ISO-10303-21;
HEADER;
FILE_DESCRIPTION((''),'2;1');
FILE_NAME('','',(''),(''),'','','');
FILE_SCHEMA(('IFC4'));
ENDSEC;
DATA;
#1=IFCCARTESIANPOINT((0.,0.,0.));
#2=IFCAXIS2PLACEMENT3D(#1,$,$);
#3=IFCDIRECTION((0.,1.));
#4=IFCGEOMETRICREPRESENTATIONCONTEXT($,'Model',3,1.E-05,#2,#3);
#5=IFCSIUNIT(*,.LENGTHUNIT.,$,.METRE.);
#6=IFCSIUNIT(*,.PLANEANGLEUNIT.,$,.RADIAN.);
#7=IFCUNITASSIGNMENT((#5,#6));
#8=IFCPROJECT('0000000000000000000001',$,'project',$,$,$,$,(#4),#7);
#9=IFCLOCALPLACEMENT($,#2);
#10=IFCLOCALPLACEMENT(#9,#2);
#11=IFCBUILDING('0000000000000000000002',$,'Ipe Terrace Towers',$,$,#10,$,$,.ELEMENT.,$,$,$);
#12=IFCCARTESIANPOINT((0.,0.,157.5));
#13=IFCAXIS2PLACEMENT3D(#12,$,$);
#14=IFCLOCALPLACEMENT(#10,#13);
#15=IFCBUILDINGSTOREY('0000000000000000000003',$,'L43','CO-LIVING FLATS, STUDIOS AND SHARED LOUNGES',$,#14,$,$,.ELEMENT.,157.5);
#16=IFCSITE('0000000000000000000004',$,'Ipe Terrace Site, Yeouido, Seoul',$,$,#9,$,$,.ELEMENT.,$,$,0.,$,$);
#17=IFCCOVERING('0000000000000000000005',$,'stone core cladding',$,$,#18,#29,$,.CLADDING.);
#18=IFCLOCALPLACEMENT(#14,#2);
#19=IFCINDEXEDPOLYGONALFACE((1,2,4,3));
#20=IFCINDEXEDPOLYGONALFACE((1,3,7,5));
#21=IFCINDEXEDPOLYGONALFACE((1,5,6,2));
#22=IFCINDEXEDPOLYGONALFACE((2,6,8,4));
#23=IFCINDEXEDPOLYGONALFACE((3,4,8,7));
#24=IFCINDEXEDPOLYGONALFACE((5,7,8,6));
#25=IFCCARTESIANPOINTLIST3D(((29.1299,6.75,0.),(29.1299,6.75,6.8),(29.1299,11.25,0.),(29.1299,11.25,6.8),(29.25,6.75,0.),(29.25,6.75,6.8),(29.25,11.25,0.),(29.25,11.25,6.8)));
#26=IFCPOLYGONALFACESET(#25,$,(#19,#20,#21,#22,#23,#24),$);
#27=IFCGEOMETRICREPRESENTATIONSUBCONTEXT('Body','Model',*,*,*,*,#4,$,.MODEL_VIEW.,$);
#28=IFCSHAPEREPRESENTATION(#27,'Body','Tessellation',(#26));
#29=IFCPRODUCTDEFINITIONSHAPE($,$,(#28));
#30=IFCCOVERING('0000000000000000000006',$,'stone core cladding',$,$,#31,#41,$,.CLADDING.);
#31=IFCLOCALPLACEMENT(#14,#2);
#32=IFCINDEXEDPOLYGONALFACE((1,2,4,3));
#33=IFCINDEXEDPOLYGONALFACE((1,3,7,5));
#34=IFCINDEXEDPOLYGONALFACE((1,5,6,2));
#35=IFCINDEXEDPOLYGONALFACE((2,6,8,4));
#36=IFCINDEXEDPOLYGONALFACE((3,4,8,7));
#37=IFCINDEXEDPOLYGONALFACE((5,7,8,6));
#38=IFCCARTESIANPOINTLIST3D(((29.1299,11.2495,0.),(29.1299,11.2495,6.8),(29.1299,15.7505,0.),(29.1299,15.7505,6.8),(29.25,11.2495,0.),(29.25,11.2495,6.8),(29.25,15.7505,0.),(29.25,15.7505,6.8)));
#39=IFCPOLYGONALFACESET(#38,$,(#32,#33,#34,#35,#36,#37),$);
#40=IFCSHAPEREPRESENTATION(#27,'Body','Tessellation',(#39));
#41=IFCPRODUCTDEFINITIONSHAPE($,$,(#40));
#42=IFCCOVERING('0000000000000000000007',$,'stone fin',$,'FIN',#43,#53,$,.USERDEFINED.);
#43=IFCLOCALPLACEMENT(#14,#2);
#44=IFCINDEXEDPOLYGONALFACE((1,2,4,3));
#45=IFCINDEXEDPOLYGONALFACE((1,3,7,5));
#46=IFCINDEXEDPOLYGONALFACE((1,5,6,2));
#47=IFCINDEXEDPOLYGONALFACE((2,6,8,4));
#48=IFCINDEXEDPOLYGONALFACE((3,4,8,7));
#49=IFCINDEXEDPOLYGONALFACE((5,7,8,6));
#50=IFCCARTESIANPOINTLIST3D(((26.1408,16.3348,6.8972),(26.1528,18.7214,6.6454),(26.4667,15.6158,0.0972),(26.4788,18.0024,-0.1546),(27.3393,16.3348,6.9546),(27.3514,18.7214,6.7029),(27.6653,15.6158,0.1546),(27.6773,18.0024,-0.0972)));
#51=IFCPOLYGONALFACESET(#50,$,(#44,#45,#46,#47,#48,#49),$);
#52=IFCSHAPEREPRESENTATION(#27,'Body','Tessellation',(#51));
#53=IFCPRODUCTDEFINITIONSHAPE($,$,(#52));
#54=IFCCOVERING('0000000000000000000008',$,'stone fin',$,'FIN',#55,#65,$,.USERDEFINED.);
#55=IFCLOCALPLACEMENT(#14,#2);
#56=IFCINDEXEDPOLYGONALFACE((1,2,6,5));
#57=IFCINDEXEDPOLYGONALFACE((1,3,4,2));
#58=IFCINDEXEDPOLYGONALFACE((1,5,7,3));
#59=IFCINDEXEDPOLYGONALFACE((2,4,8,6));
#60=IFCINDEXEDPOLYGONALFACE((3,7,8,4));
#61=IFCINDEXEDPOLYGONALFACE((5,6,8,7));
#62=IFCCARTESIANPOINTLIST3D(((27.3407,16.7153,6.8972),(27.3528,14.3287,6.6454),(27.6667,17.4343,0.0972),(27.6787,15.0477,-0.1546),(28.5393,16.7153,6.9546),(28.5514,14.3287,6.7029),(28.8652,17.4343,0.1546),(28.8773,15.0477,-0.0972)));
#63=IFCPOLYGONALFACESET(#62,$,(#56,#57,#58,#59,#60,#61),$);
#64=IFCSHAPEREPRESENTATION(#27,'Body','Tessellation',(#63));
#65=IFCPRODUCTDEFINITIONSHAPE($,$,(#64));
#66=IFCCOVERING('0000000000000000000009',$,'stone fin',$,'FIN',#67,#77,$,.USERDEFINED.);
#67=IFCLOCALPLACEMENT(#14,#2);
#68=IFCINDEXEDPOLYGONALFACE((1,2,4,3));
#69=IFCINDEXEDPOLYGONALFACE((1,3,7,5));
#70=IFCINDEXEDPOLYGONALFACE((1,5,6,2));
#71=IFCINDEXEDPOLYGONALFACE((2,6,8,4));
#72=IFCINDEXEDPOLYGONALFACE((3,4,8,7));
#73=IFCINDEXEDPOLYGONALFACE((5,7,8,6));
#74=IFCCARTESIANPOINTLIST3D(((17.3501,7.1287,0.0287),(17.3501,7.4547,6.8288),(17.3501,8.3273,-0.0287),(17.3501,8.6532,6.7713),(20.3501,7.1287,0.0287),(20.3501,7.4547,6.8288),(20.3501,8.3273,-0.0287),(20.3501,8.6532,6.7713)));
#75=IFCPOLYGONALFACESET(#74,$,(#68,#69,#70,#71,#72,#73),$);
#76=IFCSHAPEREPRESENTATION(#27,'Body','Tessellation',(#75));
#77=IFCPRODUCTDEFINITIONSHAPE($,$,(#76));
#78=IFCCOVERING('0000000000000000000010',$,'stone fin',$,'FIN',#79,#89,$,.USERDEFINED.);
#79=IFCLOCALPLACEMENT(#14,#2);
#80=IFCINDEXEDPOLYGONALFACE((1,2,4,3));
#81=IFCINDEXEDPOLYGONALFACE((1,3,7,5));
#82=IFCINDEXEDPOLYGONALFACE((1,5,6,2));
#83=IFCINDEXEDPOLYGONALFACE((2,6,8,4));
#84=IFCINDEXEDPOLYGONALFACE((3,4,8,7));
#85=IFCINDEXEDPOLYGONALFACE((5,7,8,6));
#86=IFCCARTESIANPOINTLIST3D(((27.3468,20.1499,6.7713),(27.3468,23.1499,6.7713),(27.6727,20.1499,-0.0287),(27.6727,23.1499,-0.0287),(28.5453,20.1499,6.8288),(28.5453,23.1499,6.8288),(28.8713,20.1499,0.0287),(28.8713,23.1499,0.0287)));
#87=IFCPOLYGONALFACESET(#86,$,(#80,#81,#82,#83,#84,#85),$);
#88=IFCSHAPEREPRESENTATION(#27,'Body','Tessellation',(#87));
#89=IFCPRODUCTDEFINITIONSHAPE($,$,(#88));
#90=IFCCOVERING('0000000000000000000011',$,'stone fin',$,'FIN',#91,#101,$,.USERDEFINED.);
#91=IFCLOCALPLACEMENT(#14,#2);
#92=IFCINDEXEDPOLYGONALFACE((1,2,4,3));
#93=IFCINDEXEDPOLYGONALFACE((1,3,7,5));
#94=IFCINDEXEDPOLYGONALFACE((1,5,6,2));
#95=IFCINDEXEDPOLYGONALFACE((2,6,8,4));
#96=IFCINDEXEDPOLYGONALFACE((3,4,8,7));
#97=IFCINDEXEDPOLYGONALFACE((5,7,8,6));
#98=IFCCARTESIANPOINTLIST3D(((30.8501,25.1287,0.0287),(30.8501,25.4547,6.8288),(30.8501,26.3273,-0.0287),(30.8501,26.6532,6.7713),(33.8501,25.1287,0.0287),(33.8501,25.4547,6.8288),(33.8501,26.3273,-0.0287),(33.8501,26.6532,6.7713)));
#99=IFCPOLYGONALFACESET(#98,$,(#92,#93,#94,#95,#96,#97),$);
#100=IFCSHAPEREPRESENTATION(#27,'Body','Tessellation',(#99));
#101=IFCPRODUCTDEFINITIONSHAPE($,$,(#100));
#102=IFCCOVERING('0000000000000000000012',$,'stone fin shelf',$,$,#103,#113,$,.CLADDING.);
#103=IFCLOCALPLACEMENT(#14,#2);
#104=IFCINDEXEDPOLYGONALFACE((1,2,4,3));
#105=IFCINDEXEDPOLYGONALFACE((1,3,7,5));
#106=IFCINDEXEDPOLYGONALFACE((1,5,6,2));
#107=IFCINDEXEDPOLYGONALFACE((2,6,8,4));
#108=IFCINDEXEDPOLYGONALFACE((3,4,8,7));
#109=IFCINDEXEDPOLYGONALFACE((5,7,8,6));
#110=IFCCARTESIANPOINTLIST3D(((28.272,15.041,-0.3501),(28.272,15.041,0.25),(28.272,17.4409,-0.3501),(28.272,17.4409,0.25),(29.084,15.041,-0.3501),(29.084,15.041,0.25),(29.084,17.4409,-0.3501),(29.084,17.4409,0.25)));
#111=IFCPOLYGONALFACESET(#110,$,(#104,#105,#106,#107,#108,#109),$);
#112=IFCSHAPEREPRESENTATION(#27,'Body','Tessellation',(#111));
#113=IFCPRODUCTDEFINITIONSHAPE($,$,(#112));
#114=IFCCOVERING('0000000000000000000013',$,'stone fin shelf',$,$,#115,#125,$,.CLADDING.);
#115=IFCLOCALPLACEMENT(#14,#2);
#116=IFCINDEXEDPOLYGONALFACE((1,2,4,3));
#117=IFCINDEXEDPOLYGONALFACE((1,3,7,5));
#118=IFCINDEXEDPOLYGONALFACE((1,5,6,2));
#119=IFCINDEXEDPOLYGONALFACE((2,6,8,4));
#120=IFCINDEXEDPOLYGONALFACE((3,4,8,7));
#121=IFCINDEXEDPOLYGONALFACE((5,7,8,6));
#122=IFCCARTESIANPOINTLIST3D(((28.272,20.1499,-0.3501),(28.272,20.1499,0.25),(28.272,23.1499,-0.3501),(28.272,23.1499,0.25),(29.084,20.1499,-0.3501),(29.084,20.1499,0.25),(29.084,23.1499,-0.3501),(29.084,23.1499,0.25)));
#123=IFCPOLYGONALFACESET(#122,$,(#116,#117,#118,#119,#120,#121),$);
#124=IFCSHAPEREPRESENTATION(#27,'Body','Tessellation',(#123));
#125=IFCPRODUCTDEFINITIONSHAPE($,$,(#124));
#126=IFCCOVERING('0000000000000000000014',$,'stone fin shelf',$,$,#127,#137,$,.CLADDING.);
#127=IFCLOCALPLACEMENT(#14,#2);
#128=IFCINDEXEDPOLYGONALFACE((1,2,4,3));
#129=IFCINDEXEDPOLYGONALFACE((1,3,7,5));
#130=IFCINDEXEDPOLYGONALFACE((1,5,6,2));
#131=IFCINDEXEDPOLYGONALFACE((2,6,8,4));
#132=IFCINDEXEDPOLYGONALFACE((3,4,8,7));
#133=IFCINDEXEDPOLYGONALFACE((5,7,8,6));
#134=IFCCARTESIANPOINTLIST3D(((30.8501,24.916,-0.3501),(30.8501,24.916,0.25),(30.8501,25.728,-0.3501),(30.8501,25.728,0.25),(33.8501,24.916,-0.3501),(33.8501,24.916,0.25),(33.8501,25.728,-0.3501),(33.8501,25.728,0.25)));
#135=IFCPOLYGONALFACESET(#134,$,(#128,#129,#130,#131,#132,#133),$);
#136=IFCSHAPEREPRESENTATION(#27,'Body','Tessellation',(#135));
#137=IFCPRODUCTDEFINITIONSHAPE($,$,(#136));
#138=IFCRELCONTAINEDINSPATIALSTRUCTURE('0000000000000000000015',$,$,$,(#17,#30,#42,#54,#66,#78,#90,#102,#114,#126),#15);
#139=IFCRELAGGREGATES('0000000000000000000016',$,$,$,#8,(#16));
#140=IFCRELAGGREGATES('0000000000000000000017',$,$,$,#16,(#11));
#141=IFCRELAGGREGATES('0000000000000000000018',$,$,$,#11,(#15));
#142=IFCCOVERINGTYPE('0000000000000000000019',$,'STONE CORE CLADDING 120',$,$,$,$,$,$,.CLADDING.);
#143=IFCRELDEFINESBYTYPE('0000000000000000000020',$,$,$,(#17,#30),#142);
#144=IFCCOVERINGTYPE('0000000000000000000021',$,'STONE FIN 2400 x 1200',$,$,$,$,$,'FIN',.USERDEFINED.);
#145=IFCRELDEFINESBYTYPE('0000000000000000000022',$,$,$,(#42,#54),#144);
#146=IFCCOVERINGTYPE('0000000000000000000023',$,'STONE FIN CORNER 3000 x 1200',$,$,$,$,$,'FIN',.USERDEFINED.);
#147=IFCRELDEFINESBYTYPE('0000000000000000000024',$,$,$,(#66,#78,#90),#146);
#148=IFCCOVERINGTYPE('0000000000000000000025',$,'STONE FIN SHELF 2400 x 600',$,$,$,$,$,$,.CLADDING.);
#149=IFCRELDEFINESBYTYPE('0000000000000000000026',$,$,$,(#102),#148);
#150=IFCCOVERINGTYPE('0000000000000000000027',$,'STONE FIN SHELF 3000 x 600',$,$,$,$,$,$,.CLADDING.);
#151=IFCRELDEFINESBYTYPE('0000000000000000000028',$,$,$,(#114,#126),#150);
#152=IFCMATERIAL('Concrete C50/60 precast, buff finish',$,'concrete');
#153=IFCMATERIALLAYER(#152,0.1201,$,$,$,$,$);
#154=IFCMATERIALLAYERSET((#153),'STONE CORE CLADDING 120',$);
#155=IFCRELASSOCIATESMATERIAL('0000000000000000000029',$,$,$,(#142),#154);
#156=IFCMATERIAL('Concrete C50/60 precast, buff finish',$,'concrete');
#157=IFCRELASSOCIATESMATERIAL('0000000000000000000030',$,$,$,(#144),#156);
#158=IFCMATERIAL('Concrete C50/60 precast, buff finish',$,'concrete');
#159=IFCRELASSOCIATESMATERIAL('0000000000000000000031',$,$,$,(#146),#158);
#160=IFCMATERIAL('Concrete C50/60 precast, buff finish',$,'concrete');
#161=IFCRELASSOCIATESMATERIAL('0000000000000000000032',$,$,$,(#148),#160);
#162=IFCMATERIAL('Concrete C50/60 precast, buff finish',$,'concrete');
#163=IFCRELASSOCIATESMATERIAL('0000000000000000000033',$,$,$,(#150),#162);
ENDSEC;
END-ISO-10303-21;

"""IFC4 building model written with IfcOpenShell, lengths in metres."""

from ifc_helpers import new_model, si_unit, direction, frame, origin, origin_2d, place, context, subcontext, project, spatial, rectangle, extrude, material, layer, layer_set, material_profile, profile_set, type_object, element, save


model = new_model("IFC4")

# Units and contexts
model_context = context("Model", 3, precision=1e-05, world=origin(), true_north=direction((0.0, 1.0)))
body_context = subcontext(model_context, "Body", "Model", "MODEL_VIEW")
ifc_project = project(units=[si_unit("LENGTHUNIT", "METRE"), si_unit("PLANEANGLEUNIT", "RADIAN")], contexts=[model_context])

# Site, building, storey
site_placement = place(None, origin())
site = spatial("IfcSite", under=ifc_project, at=site_placement, Name="Ipe Terrace Site, Yeouido, Seoul", CompositionType="ELEMENT", RefElevation=0.0)
building_placement = place(site_placement, origin())
building = spatial("IfcBuilding", under=site, at=building_placement, Name="Ipe Terrace Towers", CompositionType="ELEMENT")
storey_placement = place(building_placement, frame((0.0, 0.0, 157.5)))
storey = spatial("IfcBuildingStorey", under=building, at=storey_placement, Name="L43", Description="CO-LIVING FLATS, STUDIOS AND SHARED LOUNGES", CompositionType="ELEMENT", Elevation=157.5)

# Coverings
ifc_material_1 = material(Name="Concrete C50/60 precast, buff finish", Category="concrete")
ifc_layer_1 = layer(ifc_material_1, 0.1201)
ifc_layer_set_1 = layer_set([ifc_layer_1], Name="STONE CORE CLADDING 120")
covering_type_1 = type_object("IfcCoveringType", Name="STONE CORE CLADDING 120", PredefinedType="CLADDING", material=ifc_layer_set_1)
covering_1_placement = place(storey_placement, frame((29.1899, 9.0, 0.0), z_axis=(0.0, 0.0, 1.0), x_axis=(0.0, -1.0, 0.0)))
element("IfcCovering", 1, at=covering_1_placement, inside=storey, type_object=covering_type_1, Name="stone core cladding", PredefinedType="CLADDING", context=body_context, shape_type="SweptSolid", body=[
    extrude(rectangle(XDim=4.5, YDim=0.1201, at=origin_2d()), origin(), (0.0, 0.0, 1.0), 6.8),
])
covering_2_placement = place(storey_placement, frame((29.1899, 13.5, 0.0), z_axis=(0.0, 0.0, 1.0), x_axis=(0.0, -1.0, 0.0)))
element("IfcCovering", 2, at=covering_2_placement, inside=storey, type_object=covering_type_1, Name="stone core cladding", PredefinedType="CLADDING", context=body_context, shape_type="SweptSolid", body=[
    extrude(rectangle(XDim=4.501, YDim=0.1201, at=origin_2d()), origin(), (0.0, 0.0, 1.0), 6.8),
])
ifc_material_2 = material(Name="Concrete C50/60 precast, buff finish", Category="concrete")
ifc_material_profile_1 = material_profile(ifc_material_2, rectangle(XDim=2.3999, YDim=1.2, at=origin_2d()), Name="STONE FIN 2400 x 1200")
ifc_profile_set_1 = profile_set([ifc_material_profile_1], Name="Concrete C50/60 precast, buff finish")
covering_type_2 = type_object("IfcCoveringType", Name="STONE FIN 2400 x 1200", ElementType="FIN", PredefinedType="USERDEFINED", material=ifc_profile_set_1)
for number, where, z_axis, x_axis, name in (
    (3, (27.072, 16.8091, 0.0), (-0.04761, 0.105028, 0.993329), (-0.005028, -0.994469, 0.104908), "stone fin"),
    (4, (28.272, 16.241, 0.0), (-0.04761, -0.105028, 0.993329), (0.005028, -0.994469, -0.104908), "stone fin"),
):
    element("IfcCovering", number, at=place(storey_placement, frame(where, z_axis=z_axis, x_axis=x_axis)), inside=storey, type_object=covering_type_2, Name=name, ObjectType="FIN", PredefinedType="USERDEFINED", context=body_context, shape_type="SweptSolid", body=[
        extrude(rectangle(XDim=2.3999, YDim=1.2, at=origin_2d()), origin(), (0.0, 0.0, 1.0), 6.8457),
    ])
ifc_material_3 = material(Name="Concrete C50/60 precast, buff finish", Category="concrete")
ifc_material_profile_2 = material_profile(ifc_material_3, rectangle(XDim=3.0, YDim=1.2, at=origin_2d()), Name="STONE FIN CORNER 3000 x 1200")
ifc_profile_set_2 = profile_set([ifc_material_profile_2], Name="Concrete C50/60 precast, buff finish")
covering_type_3 = type_object("IfcCoveringType", Name="STONE FIN CORNER 3000 x 1200", ElementType="FIN", PredefinedType="USERDEFINED", material=ifc_profile_set_2)
for number, where, z_axis, x_axis, name in (
    (5, (18.8501, 7.728, 0.0), (0.0, 0.047875, 0.998853), (-1.0, 0.0, 0.0), "stone fin"),
    (6, (28.272, 21.6499, 0.0), (-0.047875, 0.0, 0.998853), (0.0, -1.0, 0.0), "stone fin"),
    (7, (32.3501, 25.728, 0.0), (0.0, 0.047875, 0.998853), (-1.0, 0.0, 0.0), "stone fin"),
):
    element("IfcCovering", number, at=place(storey_placement, frame(where, z_axis=z_axis, x_axis=x_axis)), inside=storey, type_object=covering_type_3, Name=name, ObjectType="FIN", PredefinedType="USERDEFINED", context=body_context, shape_type="SweptSolid", body=[
        extrude(rectangle(XDim=3.0, YDim=1.2, at=origin_2d()), origin(), (0.0, 0.0, 1.0), 6.8079),
    ])
ifc_material_4 = material(Name="Concrete C50/60 precast, buff finish", Category="concrete")
covering_type_4 = type_object("IfcCoveringType", Name="STONE FIN SHELF 2400 x 600", PredefinedType="CLADDING", material=ifc_material_4)
covering_3_placement = place(storey_placement, frame((28.678, 16.241, -0.3501), z_axis=(0.0, 0.0, 1.0), x_axis=(0.0, -1.0, 0.0)))
element("IfcCovering", 8, at=covering_3_placement, inside=storey, type_object=covering_type_4, Name="stone fin shelf", PredefinedType="CLADDING", context=body_context, shape_type="SweptSolid", body=[
    extrude(rectangle(XDim=2.3999, YDim=0.812, at=origin_2d()), origin(), (0.0, 0.0, 1.0), 0.6001),
])
ifc_material_5 = material(Name="Concrete C50/60 precast, buff finish", Category="concrete")
covering_type_5 = type_object("IfcCoveringType", Name="STONE FIN SHELF 3000 x 600", PredefinedType="CLADDING", material=ifc_material_5)
for number, where, z_axis, x_axis, name in (
    (9, (28.678, 21.6499, -0.3501), (0.0, 0.0, 1.0), (0.0, -1.0, 0.0), "stone fin shelf"),
    (10, (32.3501, 25.322, -0.3501), (0.0, 0.0, 1.0), (-1.0, 0.0, 0.0), "stone fin shelf"),
):
    element("IfcCovering", number, at=place(storey_placement, frame(where, z_axis=z_axis, x_axis=x_axis)), inside=storey, type_object=covering_type_5, Name=name, PredefinedType="CLADDING", context=body_context, shape_type="SweptSolid", body=[
        extrude(rectangle(XDim=3.0, YDim=0.812, at=origin_2d()), origin(), (0.0, 0.0, 1.0), 0.6001),
    ])

save(model, "model.ifc")
